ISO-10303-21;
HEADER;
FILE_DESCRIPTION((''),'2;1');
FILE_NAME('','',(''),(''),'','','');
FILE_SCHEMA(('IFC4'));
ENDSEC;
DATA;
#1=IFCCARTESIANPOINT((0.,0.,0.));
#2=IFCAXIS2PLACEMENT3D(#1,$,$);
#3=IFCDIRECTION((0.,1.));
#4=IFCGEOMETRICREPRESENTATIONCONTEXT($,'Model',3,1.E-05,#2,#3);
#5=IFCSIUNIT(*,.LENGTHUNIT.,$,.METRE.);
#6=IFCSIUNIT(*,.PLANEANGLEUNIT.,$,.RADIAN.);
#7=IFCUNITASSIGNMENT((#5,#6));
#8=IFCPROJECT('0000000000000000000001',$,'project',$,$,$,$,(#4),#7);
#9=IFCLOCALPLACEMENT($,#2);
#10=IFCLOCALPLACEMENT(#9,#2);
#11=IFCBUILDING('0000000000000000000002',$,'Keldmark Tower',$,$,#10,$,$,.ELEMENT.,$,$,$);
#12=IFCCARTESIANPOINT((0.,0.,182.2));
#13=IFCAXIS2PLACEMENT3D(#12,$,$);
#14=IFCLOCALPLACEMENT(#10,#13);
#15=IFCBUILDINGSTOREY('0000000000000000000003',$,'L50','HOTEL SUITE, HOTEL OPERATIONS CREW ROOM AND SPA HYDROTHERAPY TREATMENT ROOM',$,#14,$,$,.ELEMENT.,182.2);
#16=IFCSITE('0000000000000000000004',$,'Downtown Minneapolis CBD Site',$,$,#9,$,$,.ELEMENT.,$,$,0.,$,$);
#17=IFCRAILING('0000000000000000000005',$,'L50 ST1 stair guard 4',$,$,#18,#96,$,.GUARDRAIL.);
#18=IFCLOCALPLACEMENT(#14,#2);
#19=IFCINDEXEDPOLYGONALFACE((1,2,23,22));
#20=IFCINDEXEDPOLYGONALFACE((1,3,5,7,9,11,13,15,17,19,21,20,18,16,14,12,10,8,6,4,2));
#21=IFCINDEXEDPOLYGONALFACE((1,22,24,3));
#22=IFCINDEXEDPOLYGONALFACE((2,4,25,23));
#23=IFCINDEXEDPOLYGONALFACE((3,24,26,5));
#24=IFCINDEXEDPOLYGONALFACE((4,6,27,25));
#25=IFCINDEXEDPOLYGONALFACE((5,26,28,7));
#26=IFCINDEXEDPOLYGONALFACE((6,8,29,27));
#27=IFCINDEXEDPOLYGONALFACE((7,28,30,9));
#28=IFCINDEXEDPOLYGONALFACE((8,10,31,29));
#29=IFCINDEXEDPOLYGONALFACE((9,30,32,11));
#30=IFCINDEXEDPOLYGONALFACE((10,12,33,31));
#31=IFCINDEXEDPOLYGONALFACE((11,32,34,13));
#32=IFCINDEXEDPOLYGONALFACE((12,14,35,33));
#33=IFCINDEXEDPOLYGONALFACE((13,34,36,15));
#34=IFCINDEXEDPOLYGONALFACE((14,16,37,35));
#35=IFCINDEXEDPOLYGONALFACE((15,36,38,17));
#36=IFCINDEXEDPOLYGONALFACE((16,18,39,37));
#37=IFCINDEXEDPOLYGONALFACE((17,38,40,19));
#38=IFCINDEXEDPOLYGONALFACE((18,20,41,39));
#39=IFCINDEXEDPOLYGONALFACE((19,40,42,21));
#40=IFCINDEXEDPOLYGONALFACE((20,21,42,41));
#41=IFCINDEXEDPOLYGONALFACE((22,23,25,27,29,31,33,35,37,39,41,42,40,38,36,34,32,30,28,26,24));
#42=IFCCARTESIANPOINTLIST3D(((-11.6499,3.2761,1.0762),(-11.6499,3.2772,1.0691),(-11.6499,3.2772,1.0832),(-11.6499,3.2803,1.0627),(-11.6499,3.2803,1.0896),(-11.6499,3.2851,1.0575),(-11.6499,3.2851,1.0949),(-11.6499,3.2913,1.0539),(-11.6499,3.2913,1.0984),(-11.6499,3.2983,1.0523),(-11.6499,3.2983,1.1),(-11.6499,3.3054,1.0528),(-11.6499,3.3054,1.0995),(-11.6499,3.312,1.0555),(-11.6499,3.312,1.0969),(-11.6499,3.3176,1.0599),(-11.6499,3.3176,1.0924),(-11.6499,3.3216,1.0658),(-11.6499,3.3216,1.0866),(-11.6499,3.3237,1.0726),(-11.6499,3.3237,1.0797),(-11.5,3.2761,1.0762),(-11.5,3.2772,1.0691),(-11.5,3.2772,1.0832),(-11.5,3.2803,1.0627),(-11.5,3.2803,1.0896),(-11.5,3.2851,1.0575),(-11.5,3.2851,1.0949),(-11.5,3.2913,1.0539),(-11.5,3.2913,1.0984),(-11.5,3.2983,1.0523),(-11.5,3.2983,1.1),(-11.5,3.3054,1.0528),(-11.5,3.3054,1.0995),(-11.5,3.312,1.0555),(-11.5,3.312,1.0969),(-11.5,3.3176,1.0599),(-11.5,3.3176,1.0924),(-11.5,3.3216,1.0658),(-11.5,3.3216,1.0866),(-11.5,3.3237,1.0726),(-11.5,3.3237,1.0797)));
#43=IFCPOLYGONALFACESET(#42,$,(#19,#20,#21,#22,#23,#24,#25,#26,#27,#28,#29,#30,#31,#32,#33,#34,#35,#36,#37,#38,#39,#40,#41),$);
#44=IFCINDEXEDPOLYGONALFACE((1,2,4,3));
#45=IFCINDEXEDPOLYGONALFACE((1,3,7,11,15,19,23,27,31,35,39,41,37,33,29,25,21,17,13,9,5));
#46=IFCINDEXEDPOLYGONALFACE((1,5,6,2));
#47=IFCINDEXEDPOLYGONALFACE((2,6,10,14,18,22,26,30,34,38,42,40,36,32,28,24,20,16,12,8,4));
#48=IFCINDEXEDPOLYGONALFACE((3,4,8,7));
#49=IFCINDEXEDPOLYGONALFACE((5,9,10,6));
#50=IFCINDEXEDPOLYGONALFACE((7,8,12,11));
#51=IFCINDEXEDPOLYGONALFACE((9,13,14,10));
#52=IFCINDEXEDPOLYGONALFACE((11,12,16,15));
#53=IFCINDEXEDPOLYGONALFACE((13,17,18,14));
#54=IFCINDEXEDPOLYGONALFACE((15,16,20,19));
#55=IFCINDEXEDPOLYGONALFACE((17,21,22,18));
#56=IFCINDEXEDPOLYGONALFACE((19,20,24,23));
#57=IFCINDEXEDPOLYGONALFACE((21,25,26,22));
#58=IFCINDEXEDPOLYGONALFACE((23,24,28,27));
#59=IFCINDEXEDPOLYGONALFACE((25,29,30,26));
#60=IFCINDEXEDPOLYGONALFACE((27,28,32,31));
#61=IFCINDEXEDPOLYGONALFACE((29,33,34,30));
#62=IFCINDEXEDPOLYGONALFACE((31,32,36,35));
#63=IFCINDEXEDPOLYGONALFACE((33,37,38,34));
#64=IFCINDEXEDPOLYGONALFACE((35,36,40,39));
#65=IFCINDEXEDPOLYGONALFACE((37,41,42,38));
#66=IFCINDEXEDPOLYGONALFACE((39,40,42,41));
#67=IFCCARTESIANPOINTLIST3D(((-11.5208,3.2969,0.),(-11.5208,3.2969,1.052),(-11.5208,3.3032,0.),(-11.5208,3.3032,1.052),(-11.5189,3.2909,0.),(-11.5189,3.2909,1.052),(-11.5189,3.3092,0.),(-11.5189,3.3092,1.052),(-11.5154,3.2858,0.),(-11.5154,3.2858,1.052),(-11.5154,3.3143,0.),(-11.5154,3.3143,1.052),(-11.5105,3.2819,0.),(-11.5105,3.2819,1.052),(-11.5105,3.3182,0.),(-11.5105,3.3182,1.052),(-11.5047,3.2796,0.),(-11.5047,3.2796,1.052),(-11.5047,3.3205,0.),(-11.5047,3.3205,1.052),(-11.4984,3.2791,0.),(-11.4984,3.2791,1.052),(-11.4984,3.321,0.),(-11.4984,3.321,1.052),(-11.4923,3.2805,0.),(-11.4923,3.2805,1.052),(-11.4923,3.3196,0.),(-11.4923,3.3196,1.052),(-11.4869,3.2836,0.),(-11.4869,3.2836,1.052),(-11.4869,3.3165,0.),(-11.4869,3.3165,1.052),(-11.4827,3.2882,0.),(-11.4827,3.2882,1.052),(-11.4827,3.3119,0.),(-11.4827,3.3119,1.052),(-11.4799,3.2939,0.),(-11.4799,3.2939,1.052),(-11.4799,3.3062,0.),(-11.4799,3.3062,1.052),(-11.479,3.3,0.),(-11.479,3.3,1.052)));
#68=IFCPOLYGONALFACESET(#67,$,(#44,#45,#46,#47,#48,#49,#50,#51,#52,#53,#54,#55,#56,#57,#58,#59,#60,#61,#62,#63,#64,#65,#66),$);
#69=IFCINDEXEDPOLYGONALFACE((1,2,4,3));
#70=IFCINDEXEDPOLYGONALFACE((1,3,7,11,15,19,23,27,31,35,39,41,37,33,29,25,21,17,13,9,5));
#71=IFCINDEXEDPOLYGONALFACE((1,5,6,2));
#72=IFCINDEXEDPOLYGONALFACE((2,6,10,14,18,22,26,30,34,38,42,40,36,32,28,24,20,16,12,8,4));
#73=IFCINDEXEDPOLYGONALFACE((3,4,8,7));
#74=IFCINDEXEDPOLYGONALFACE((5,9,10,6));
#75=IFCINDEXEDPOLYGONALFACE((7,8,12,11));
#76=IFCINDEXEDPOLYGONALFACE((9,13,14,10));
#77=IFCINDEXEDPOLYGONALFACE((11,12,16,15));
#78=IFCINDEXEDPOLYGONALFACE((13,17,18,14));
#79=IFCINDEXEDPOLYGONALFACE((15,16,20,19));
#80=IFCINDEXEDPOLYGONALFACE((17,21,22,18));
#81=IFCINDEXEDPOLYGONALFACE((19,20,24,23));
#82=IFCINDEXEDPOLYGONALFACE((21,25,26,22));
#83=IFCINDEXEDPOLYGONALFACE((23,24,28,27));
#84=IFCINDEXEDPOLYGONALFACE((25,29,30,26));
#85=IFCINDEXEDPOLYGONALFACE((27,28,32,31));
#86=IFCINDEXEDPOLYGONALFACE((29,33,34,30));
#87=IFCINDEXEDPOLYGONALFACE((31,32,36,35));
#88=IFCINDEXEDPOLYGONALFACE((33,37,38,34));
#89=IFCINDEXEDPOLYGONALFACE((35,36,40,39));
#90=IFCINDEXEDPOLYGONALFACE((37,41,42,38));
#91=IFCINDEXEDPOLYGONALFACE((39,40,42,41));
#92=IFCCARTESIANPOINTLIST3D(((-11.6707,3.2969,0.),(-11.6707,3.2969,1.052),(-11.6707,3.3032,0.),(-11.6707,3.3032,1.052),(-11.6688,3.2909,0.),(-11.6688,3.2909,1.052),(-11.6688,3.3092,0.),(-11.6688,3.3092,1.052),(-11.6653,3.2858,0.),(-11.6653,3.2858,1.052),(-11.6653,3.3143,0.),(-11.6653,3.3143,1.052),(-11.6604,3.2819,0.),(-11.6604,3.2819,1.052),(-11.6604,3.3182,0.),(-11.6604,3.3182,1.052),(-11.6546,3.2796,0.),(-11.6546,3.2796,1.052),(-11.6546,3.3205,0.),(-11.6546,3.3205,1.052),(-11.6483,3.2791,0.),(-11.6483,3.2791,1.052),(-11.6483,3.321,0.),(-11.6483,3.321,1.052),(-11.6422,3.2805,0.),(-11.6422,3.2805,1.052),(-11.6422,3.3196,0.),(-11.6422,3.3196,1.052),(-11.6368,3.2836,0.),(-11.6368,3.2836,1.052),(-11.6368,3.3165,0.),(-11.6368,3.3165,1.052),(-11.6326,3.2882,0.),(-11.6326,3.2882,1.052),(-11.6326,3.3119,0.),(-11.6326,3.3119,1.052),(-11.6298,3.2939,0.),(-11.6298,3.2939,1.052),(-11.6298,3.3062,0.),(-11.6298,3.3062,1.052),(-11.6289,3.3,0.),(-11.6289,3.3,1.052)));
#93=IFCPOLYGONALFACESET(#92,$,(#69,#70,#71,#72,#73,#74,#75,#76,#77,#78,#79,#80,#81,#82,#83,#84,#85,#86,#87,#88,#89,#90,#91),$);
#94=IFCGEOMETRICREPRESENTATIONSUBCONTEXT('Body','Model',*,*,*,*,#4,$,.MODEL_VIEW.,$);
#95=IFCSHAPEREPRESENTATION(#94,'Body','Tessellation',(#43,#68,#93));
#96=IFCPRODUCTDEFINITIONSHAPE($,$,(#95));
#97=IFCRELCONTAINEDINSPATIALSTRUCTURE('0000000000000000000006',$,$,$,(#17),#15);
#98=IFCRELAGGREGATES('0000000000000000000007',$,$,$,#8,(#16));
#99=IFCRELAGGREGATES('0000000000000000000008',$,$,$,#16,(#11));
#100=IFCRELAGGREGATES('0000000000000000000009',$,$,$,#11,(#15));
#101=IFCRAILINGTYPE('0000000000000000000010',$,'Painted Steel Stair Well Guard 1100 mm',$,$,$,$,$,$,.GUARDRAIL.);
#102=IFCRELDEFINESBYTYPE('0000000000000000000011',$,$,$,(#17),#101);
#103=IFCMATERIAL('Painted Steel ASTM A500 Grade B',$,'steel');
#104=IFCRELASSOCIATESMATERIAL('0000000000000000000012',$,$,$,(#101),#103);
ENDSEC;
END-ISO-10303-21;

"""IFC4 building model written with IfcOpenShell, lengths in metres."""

from ifc_helpers import new_model, si_unit, direction, frame, origin, origin_2d, place, context, subcontext, project, spatial, circle, extrude, material, type_object, element, save


model = new_model("IFC4")

# Units and contexts
model_context = context("Model", 3, precision=1e-05, world=origin(), true_north=direction((0.0, 1.0)))
body_context = subcontext(model_context, "Body", "Model", "MODEL_VIEW")
ifc_project = project(units=[si_unit("LENGTHUNIT", "METRE"), si_unit("PLANEANGLEUNIT", "RADIAN")], contexts=[model_context])

# Site, building, storey
site_placement = place(None, origin())
site = spatial("IfcSite", under=ifc_project, at=site_placement, Name="Downtown Minneapolis CBD Site", CompositionType="ELEMENT", RefElevation=0.0)
building_placement = place(site_placement, origin())
building = spatial("IfcBuilding", under=site, at=building_placement, Name="Keldmark Tower", CompositionType="ELEMENT")
storey_placement = place(building_placement, frame((0.0, 0.0, 182.2)))
storey = spatial("IfcBuildingStorey", under=building, at=storey_placement, Name="L50", Description="HOTEL SUITE, HOTEL OPERATIONS CREW ROOM AND SPA HYDROTHERAPY TREATMENT ROOM", CompositionType="ELEMENT", Elevation=182.2)

# Railing
ifc_material_1 = material(Name="Painted Steel ASTM A500 Grade B", Category="steel")
railing_type_1 = type_object("IfcRailingType", Name="Painted Steel Stair Well Guard 1100 mm", PredefinedType="GUARDRAIL", material=ifc_material_1)
railing_1_placement = place(storey_placement, frame((-11.5, 3.3, 0.0)))
element("IfcRailing", 1, at=railing_1_placement, inside=storey, type_object=railing_type_1, Name="L50 ST1 stair guard 4", PredefinedType="GUARDRAIL", context=body_context, shape_type="SweptSolid", body=[
    extrude(circle(Radius=0.0239, at=origin_2d()), frame((0.0, 0.0, 1.0762), z_axis=(-1.0, 0.0, 0.0), x_axis=(0.0, -1.0, 0.0)), (0.0, 0.0, 1.0), 0.1499),
    extrude(circle(Radius=0.021, at=origin_2d()), origin(), (0.0, 0.0, 1.0), 1.052),
    extrude(circle(Radius=0.021, at=origin_2d()), frame((-0.1499, 0.0, 0.0)), (0.0, 0.0, 1.0), 1.052),
])

save(model, "model.ifc")
